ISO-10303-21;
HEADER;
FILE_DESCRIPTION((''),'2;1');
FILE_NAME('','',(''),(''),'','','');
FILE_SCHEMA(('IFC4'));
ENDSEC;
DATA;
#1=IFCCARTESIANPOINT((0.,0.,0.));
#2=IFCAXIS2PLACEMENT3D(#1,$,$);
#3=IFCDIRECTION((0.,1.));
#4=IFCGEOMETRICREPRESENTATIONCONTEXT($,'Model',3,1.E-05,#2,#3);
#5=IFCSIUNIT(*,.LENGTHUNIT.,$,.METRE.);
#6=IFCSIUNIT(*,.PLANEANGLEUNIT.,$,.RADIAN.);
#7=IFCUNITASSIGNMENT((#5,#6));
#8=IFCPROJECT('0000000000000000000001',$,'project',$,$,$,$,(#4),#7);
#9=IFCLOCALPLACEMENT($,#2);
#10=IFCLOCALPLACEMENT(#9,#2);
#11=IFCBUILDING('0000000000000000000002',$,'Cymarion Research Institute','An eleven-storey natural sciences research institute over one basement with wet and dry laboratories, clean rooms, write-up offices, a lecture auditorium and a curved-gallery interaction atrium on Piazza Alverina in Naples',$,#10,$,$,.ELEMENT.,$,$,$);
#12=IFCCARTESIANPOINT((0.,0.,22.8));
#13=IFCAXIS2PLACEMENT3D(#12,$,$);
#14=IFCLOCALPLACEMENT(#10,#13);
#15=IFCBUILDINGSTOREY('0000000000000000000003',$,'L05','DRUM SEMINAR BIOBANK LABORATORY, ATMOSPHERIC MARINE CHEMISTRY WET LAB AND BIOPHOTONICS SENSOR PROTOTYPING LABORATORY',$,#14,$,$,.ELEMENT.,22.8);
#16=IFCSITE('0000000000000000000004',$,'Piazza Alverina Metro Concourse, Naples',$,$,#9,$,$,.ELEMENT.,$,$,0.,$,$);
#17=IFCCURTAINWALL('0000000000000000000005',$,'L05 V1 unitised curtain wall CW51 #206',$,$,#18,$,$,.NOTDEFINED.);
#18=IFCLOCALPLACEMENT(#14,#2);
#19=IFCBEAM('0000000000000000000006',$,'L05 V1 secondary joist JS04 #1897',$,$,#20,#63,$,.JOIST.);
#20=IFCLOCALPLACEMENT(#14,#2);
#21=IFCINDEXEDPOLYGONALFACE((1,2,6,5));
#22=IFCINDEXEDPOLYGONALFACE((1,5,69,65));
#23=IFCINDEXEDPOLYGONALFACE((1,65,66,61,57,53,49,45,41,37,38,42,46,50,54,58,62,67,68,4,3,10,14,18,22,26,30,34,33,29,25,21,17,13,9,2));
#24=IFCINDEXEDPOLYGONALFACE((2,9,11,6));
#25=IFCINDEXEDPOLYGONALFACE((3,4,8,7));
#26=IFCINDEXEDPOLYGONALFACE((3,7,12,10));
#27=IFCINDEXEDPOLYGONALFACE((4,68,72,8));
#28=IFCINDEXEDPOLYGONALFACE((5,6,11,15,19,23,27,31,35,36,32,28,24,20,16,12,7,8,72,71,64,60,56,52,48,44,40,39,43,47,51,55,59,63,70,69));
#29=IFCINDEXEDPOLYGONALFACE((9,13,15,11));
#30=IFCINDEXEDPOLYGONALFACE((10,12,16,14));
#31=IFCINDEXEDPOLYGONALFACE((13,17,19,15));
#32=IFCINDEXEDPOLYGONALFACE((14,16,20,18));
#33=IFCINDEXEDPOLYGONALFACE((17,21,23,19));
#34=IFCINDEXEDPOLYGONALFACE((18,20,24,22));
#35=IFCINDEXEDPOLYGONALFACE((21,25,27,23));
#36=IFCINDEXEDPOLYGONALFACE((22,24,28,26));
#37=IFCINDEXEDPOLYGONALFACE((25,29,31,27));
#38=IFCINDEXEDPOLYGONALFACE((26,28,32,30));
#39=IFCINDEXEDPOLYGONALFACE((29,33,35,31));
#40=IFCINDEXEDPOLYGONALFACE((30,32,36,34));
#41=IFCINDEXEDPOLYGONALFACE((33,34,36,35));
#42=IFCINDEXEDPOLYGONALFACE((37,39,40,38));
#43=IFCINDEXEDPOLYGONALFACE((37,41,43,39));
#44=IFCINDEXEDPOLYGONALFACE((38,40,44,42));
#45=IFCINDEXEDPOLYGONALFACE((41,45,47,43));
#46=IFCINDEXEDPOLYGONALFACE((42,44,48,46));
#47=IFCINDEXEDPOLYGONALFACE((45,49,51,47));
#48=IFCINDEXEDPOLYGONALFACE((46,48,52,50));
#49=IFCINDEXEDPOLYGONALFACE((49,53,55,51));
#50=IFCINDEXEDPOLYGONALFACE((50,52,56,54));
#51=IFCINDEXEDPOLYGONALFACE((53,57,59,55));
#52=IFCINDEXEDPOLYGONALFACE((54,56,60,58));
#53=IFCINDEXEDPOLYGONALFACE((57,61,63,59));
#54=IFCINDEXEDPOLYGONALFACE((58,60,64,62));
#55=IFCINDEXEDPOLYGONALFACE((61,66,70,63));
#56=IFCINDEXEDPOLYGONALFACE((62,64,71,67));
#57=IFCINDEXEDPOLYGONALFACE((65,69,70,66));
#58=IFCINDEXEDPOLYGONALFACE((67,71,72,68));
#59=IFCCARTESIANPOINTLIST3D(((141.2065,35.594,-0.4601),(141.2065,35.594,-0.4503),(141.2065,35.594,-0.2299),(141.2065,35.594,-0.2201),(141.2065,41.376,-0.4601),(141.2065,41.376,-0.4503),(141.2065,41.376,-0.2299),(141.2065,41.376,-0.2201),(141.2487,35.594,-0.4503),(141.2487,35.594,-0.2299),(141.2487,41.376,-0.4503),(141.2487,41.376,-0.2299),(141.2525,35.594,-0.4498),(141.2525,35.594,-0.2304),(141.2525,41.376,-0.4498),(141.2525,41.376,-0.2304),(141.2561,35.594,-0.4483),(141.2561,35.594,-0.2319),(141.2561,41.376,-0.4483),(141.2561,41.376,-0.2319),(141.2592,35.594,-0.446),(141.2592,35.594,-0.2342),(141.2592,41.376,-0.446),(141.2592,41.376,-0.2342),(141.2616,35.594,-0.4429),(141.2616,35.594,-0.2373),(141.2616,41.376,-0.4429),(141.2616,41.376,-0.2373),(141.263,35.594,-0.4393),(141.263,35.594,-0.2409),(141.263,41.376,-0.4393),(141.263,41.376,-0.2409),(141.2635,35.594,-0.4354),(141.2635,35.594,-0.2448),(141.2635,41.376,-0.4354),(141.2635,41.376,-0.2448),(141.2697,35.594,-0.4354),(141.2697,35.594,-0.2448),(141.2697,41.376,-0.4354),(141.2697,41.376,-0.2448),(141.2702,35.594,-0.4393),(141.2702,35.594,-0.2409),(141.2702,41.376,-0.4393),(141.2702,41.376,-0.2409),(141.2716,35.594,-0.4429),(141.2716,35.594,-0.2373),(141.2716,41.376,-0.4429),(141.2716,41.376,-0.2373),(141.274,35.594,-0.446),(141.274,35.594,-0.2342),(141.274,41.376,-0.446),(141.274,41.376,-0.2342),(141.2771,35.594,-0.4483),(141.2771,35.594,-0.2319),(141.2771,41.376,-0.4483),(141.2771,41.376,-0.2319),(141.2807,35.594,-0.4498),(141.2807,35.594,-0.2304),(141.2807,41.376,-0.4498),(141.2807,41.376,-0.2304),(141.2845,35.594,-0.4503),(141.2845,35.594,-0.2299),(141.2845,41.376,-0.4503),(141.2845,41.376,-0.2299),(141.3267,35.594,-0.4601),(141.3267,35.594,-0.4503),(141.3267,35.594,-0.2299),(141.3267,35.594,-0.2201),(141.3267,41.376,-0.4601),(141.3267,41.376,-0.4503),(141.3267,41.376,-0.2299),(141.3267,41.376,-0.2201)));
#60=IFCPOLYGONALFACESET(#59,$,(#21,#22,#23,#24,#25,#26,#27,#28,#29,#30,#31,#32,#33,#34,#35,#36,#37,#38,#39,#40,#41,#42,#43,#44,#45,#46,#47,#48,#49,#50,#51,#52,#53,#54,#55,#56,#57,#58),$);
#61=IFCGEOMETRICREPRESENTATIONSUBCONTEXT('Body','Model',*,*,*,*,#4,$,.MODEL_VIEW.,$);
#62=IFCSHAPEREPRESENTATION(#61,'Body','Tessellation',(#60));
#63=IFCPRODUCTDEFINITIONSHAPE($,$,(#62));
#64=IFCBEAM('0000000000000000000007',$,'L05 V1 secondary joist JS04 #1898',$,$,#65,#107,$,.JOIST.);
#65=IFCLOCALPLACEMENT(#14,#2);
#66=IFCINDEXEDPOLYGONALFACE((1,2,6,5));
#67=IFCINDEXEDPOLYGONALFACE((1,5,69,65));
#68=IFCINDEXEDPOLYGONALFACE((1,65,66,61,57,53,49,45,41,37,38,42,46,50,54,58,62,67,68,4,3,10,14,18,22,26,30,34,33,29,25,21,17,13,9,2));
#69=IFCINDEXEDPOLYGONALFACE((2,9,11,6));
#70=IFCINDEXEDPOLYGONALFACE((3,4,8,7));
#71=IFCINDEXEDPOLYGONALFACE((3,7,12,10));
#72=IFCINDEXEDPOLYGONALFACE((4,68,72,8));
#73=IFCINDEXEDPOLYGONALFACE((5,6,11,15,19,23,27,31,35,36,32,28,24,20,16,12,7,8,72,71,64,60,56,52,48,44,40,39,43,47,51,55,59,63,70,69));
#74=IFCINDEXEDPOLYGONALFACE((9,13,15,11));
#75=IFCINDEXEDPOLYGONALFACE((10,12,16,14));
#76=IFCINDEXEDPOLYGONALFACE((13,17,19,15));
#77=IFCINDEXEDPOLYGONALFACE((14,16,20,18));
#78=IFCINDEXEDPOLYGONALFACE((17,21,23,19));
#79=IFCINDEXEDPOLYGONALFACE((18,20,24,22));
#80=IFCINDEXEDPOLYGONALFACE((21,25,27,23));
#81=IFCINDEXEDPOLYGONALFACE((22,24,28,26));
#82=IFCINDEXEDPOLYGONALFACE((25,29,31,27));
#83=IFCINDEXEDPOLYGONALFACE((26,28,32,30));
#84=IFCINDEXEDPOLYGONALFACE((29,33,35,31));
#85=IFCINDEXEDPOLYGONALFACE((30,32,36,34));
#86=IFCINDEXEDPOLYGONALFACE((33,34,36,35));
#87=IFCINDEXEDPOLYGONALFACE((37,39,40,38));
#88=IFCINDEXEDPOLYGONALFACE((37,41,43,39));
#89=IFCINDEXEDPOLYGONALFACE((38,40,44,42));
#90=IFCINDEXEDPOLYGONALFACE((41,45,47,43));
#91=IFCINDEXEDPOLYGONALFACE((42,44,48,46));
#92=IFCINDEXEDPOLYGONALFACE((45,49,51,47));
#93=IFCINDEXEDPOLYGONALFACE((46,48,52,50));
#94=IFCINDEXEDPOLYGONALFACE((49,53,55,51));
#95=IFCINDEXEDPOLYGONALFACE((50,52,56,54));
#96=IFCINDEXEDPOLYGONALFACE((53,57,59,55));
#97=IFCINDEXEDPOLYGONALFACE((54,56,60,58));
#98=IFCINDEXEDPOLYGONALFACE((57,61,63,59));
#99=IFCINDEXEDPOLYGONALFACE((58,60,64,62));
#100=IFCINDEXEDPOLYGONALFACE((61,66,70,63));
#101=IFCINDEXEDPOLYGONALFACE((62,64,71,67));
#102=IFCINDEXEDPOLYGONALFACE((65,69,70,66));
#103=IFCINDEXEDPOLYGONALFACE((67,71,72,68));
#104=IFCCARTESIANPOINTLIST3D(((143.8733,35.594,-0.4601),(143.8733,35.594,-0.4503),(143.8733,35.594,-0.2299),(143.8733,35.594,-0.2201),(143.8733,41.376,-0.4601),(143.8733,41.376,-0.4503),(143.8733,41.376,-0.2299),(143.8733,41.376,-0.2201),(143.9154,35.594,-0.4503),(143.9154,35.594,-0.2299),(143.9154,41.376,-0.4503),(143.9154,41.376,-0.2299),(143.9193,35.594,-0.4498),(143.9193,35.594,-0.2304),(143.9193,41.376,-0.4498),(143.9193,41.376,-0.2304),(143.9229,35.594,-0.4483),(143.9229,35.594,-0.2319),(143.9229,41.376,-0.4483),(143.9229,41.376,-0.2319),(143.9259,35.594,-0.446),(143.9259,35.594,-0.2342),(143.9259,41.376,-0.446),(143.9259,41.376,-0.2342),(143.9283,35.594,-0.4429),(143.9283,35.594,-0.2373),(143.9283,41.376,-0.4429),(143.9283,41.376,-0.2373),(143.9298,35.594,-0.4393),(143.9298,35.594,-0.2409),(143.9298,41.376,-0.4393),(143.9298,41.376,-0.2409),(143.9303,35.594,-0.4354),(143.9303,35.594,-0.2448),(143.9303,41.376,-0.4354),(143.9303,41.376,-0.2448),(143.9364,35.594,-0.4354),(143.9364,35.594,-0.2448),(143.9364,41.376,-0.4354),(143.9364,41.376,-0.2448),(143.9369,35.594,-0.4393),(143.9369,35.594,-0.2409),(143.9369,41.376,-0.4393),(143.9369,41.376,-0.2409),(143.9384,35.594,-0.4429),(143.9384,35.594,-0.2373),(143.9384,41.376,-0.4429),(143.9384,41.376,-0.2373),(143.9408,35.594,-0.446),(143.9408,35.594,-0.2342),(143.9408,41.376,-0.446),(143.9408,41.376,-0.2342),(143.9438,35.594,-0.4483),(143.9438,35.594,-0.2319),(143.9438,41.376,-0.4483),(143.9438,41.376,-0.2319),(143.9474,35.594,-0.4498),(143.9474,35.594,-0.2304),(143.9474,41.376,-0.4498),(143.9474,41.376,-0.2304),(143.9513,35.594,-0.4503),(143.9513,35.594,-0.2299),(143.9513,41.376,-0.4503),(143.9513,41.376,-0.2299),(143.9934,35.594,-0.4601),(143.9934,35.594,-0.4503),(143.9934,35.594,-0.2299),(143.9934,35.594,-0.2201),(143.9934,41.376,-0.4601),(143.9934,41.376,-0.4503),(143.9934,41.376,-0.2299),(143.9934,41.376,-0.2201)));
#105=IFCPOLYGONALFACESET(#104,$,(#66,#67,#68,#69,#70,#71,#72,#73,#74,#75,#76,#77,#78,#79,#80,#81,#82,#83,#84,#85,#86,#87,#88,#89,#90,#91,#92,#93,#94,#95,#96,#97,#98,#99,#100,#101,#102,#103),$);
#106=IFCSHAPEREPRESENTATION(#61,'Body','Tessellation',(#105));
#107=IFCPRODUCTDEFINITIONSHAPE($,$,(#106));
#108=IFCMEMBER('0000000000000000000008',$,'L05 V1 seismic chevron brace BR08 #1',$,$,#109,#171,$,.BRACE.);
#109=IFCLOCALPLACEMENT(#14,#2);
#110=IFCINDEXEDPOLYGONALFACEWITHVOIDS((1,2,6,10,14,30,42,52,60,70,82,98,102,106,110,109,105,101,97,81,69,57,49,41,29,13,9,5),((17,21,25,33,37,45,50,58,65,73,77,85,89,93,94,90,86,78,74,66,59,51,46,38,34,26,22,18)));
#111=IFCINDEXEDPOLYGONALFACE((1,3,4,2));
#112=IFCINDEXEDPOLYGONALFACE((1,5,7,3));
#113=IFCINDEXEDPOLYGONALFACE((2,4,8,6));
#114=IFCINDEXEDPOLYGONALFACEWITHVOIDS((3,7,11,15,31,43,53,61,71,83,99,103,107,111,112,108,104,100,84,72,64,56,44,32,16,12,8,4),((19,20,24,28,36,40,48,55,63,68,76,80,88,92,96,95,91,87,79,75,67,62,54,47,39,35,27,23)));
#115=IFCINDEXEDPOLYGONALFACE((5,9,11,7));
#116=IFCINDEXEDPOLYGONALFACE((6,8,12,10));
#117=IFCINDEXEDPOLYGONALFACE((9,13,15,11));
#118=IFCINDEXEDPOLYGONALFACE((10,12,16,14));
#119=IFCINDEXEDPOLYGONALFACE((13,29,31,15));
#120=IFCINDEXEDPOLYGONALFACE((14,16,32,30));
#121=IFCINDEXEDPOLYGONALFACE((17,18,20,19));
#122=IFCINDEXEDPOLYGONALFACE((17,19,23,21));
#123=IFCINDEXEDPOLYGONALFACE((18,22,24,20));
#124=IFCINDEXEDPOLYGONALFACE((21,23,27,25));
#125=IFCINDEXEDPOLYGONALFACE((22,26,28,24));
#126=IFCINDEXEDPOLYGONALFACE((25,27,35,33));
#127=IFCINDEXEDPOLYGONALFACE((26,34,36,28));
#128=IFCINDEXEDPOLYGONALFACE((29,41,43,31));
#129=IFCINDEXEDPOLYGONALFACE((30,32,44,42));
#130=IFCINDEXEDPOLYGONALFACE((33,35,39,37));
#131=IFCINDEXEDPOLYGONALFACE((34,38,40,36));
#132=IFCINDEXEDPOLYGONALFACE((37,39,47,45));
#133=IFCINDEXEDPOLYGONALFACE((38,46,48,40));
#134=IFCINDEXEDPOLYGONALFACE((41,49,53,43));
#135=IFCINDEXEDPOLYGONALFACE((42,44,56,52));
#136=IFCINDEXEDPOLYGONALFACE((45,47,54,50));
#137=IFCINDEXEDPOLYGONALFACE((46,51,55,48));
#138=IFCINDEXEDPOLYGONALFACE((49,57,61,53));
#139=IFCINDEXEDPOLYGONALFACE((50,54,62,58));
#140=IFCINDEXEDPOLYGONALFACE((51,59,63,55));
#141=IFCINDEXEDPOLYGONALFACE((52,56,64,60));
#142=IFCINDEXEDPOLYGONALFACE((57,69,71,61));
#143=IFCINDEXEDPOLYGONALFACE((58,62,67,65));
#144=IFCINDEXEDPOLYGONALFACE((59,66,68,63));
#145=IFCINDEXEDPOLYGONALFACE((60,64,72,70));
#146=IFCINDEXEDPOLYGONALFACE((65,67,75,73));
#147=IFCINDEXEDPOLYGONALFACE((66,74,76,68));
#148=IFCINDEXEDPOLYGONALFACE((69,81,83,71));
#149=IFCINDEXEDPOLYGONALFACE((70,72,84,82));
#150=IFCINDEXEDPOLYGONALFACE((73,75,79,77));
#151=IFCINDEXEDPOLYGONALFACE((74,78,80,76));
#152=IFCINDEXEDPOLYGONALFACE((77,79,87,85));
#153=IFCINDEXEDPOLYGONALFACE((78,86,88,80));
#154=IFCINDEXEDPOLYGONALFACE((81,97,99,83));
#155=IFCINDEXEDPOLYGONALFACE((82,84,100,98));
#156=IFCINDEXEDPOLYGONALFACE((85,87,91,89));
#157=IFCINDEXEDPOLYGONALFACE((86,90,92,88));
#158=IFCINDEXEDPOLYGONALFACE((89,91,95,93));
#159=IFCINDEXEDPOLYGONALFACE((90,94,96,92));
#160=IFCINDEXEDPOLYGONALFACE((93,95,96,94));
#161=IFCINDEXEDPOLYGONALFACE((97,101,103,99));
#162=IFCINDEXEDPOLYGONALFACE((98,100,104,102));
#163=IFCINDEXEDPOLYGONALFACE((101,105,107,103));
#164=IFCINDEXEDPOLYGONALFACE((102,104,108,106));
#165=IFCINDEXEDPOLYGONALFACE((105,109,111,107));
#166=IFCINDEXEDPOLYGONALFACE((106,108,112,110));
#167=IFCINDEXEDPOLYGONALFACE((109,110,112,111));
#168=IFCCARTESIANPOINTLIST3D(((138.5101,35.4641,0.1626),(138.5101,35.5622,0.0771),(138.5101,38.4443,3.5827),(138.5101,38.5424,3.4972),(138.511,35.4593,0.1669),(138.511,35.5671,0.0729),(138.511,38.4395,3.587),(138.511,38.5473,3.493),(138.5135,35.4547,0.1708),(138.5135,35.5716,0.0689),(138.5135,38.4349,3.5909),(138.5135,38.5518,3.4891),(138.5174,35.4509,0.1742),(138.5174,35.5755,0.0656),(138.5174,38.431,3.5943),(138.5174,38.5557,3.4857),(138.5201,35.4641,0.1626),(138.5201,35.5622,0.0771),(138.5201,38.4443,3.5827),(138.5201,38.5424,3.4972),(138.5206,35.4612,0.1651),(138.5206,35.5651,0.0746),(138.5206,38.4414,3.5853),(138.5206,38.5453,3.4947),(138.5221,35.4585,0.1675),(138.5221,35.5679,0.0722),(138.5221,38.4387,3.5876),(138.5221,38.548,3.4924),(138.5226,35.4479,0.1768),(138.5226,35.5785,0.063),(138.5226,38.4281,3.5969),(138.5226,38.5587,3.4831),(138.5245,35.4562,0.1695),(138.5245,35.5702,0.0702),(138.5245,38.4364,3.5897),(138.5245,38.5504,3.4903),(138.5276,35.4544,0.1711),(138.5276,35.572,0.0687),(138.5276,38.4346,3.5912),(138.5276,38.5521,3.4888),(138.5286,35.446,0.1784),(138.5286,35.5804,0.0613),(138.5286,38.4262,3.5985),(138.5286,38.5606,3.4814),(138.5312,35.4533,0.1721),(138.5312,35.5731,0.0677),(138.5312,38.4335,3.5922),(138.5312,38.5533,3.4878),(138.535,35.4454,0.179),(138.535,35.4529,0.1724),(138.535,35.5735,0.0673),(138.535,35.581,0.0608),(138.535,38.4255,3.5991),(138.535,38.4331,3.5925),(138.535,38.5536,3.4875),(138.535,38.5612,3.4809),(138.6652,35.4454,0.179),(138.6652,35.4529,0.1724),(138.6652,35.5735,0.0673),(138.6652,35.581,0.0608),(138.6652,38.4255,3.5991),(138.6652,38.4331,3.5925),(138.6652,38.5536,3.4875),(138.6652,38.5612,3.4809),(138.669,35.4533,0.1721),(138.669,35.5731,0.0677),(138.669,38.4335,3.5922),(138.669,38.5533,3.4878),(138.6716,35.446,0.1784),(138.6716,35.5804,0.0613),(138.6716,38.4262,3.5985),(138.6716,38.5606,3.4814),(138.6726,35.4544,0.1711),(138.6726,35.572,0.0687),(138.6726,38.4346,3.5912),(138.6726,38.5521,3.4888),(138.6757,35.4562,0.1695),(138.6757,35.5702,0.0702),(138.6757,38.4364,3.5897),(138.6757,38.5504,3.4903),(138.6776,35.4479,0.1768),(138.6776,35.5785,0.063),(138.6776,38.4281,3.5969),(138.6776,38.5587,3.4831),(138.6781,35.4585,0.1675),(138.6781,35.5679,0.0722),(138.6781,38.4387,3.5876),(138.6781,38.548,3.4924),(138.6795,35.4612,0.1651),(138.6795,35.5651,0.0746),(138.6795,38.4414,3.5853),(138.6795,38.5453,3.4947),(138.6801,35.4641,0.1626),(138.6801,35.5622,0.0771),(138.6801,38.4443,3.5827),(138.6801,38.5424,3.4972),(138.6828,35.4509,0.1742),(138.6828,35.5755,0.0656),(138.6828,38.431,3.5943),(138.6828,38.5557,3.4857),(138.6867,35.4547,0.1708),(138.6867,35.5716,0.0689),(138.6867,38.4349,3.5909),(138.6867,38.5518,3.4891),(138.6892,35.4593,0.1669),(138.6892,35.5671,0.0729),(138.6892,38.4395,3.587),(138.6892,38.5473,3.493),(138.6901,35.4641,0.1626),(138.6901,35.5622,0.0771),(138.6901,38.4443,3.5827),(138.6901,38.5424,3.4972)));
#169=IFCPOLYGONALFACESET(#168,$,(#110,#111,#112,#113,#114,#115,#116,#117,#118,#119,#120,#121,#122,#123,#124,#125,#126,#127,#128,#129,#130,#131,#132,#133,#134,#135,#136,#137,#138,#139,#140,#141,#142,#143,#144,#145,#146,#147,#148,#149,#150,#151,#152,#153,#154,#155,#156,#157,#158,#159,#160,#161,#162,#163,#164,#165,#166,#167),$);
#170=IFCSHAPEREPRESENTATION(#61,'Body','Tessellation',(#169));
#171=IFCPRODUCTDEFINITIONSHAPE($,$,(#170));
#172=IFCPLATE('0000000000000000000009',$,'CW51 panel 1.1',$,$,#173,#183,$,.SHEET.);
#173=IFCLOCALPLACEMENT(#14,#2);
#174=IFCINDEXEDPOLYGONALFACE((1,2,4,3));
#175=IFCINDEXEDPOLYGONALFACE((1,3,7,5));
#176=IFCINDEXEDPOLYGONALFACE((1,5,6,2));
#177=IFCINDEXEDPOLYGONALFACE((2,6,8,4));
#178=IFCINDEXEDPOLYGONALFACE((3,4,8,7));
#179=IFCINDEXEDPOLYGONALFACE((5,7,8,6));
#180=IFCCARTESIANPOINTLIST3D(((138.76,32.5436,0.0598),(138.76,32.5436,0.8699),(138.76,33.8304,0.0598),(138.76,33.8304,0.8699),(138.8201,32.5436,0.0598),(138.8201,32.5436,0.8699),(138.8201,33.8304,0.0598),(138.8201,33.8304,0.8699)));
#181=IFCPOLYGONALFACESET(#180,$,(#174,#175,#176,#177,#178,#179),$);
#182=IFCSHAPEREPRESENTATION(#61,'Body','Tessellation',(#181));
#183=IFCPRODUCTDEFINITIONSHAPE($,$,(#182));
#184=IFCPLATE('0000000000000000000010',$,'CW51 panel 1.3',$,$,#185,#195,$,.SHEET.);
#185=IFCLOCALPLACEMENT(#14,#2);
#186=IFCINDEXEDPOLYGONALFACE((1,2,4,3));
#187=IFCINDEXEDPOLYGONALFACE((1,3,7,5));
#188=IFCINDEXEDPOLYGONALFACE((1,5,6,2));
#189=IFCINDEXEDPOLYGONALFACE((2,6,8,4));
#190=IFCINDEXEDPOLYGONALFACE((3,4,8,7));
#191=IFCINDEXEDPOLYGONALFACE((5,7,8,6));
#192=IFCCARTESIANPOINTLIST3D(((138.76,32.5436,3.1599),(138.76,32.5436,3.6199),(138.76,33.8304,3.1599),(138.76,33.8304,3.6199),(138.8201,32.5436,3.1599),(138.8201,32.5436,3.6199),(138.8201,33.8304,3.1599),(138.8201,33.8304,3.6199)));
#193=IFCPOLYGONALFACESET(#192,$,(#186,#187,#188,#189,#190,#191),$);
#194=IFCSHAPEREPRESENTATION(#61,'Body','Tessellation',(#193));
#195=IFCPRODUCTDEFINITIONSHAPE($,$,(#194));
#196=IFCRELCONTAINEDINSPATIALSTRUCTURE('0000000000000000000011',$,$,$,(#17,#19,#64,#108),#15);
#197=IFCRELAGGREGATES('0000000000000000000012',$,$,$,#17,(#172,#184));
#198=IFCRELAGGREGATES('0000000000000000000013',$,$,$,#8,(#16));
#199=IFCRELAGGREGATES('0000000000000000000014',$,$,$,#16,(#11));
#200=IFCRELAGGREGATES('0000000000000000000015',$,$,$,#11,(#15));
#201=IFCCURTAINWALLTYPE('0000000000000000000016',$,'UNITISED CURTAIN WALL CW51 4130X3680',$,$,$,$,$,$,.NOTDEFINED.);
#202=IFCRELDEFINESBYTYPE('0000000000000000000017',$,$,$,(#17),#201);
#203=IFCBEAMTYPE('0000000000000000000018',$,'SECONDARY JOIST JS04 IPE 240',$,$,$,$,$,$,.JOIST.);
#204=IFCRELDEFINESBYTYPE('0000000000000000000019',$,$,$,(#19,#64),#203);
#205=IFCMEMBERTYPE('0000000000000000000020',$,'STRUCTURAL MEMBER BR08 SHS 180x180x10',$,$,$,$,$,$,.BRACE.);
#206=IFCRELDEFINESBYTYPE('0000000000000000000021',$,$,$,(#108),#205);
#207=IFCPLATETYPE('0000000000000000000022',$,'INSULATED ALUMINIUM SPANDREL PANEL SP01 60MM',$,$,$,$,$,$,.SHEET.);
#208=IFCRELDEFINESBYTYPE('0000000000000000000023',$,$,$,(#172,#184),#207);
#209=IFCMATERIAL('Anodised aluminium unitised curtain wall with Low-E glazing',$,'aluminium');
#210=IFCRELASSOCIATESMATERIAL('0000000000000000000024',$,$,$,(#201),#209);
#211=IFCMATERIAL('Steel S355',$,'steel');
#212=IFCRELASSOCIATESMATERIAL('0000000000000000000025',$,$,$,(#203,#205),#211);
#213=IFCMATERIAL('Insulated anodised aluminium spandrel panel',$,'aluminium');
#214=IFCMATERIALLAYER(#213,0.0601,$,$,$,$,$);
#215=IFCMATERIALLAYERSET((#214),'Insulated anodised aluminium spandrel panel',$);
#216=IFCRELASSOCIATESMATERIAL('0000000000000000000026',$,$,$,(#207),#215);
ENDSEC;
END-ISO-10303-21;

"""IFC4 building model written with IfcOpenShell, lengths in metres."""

from ifc_helpers import new_model, si_unit, direction, frame, origin, origin_2d, place, context, subcontext, project, spatial, rectangle, hollow_rectangle, i_section, extrude, material, layer, layer_set, material_profile, profile_set, type_object, element, aggregate, save


model = new_model("IFC4")

# Units and contexts
model_context = context("Model", 3, precision=1e-05, world=origin(), true_north=direction((0.0, 1.0)))
body_context = subcontext(model_context, "Body", "Model", "MODEL_VIEW")
ifc_project = project(units=[si_unit("LENGTHUNIT", "METRE"), si_unit("PLANEANGLEUNIT", "RADIAN")], contexts=[model_context])

# Site, building, storey
site_placement = place(None, origin())
site = spatial("IfcSite", under=ifc_project, at=site_placement, Name="Piazza Alverina Metro Concourse, Naples", CompositionType="ELEMENT", RefElevation=0.0)
building_placement = place(site_placement, origin())
building = spatial("IfcBuilding", under=site, at=building_placement, Name="Cymarion Research Institute", Description="An eleven-storey natural sciences research institute over one basement with wet and dry laboratories, clean rooms, write-up offices, a lecture auditorium and a curved-gallery interaction atrium on Piazza Alverina in Naples", CompositionType="ELEMENT")
storey_placement = place(building_placement, frame((0.0, 0.0, 22.8)))
storey = spatial("IfcBuildingStorey", under=building, at=storey_placement, Name="L05", Description="DRUM SEMINAR BIOBANK LABORATORY, ATMOSPHERIC MARINE CHEMISTRY WET LAB AND BIOPHOTONICS SENSOR PROTOTYPING LABORATORY", CompositionType="ELEMENT", Elevation=22.8)

# Curtain wall
ifc_material_1 = material(Name="Anodised aluminium unitised curtain wall with Low-E glazing", Category="aluminium")
curtain_wall_type = type_object("IfcCurtainWallType", Name="UNITISED CURTAIN WALL CW51 4130X3680", PredefinedType="NOTDEFINED", material=ifc_material_1)
curtain_wall_placement = place(storey_placement, origin())
curtain_wall = element("IfcCurtainWall", 1, at=curtain_wall_placement, inside=storey, type_object=curtain_wall_type, Name="L05 V1 unitised curtain wall CW51 #206", PredefinedType="NOTDEFINED")

# Beams
ifc_material_2 = material(Name="Steel S355", Category="steel")
ifc_material_profile_1 = material_profile(ifc_material_2, i_section(OverallWidth=0.1201, OverallDepth=0.24, WebThickness=0.0061, FlangeThickness=0.0098, FilletRadius=0.0149, at=origin_2d()), Name="IPE 240")
ifc_profile_set_1 = profile_set([ifc_material_profile_1], Name="Steel S355")
beam_type_1 = type_object("IfcBeamType", Name="SECONDARY JOIST JS04 IPE 240", PredefinedType="JOIST", material=ifc_profile_set_1)
for number, where, z_axis, x_axis, name in (
    (2, (141.2666, 35.594, -0.3401), (0.0, 1.0, 0.0), (-1.0, 0.0, 0.0), "L05 V1 secondary joist JS04 #1897"),
    (3, (143.9333, 35.594, -0.3401), (0.0, 1.0, 0.0), (-1.0, 0.0, 0.0), "L05 V1 secondary joist JS04 #1898"),
):
    element("IfcBeam", number, at=place(storey_placement, frame(where, z_axis=z_axis, x_axis=x_axis)), inside=storey, type_object=beam_type_1, Name=name, PredefinedType="JOIST", context=body_context, shape_type="SweptSolid", body=[
        extrude(i_section(OverallWidth=0.1201, OverallDepth=0.24, WebThickness=0.0061, FlangeThickness=0.0098, FilletRadius=0.0149, at=origin_2d()), origin(), (0.0, 0.0, 1.0), 5.782),
    ])

# Member
ifc_material_profile_2 = material_profile(ifc_material_2, hollow_rectangle(XDim=0.1799, YDim=0.1799, WallThickness=0.01, InnerFilletRadius=0.0149, OuterFilletRadius=0.0249, at=origin_2d()), Name="SHS 180x180x10")
ifc_profile_set_2 = profile_set([ifc_material_profile_2], Name="Steel S355")
member_type_1 = type_object("IfcMemberType", Name="STRUCTURAL MEMBER BR08 SHS 180x180x10", PredefinedType="BRACE", material=ifc_profile_set_2)
member_1_placement = place(storey_placement, frame((138.6001, 35.5132, 0.1199), z_axis=(0.0, 0.656952, 0.753932), x_axis=(-1.0, 0.0, 0.0)))
element("IfcMember", 4, at=member_1_placement, inside=storey, type_object=member_type_1, Name="L05 V1 seismic chevron brace BR08 #1", PredefinedType="BRACE", context=body_context, shape_type="SweptSolid", body=[
    extrude(hollow_rectangle(XDim=0.1799, YDim=0.1799, WallThickness=0.01, InnerFilletRadius=0.0149, OuterFilletRadius=0.0249, at=origin_2d()), origin(), (0.0, 0.0, 1.0), 4.5364),
])

# Plates
ifc_material_3 = material(Name="Insulated anodised aluminium spandrel panel", Category="aluminium")
ifc_layer_1 = layer(ifc_material_3, 0.0601)
ifc_layer_set_1 = layer_set([ifc_layer_1], Name="Insulated anodised aluminium spandrel panel")
plate_type_1 = type_object("IfcPlateType", Name="INSULATED ALUMINIUM SPANDREL PANEL SP01 60MM", PredefinedType="SHEET", material=ifc_layer_set_1)
plate_1_placement = place(storey_placement, frame((138.79, 33.187, 0.0598), z_axis=(0.0, 0.0, 1.0), x_axis=(0.0, -1.0, 0.0)))
plate_1 = element("IfcPlate", 5, at=plate_1_placement, type_object=plate_type_1, Name="CW51 panel 1.1", PredefinedType="SHEET", context=body_context, shape_type="SweptSolid", body=[
    extrude(rectangle(XDim=1.2869, YDim=0.0601, at=origin_2d()), origin(), (0.0, 0.0, 1.0), 0.8101),
])
plate_2_placement = place(storey_placement, frame((138.79, 33.187, 3.1599), z_axis=(0.0, 0.0, 1.0), x_axis=(0.0, -1.0, 0.0)))
plate_2 = element("IfcPlate", 6, at=plate_2_placement, type_object=plate_type_1, Name="CW51 panel 1.3", PredefinedType="SHEET", context=body_context, shape_type="SweptSolid", body=[
    extrude(rectangle(XDim=1.2869, YDim=0.0601, at=origin_2d()), origin(), (0.0, 0.0, 1.0), 0.46),
])
aggregate(curtain_wall, [plate_1, plate_2])

save(model, "model.ifc")
